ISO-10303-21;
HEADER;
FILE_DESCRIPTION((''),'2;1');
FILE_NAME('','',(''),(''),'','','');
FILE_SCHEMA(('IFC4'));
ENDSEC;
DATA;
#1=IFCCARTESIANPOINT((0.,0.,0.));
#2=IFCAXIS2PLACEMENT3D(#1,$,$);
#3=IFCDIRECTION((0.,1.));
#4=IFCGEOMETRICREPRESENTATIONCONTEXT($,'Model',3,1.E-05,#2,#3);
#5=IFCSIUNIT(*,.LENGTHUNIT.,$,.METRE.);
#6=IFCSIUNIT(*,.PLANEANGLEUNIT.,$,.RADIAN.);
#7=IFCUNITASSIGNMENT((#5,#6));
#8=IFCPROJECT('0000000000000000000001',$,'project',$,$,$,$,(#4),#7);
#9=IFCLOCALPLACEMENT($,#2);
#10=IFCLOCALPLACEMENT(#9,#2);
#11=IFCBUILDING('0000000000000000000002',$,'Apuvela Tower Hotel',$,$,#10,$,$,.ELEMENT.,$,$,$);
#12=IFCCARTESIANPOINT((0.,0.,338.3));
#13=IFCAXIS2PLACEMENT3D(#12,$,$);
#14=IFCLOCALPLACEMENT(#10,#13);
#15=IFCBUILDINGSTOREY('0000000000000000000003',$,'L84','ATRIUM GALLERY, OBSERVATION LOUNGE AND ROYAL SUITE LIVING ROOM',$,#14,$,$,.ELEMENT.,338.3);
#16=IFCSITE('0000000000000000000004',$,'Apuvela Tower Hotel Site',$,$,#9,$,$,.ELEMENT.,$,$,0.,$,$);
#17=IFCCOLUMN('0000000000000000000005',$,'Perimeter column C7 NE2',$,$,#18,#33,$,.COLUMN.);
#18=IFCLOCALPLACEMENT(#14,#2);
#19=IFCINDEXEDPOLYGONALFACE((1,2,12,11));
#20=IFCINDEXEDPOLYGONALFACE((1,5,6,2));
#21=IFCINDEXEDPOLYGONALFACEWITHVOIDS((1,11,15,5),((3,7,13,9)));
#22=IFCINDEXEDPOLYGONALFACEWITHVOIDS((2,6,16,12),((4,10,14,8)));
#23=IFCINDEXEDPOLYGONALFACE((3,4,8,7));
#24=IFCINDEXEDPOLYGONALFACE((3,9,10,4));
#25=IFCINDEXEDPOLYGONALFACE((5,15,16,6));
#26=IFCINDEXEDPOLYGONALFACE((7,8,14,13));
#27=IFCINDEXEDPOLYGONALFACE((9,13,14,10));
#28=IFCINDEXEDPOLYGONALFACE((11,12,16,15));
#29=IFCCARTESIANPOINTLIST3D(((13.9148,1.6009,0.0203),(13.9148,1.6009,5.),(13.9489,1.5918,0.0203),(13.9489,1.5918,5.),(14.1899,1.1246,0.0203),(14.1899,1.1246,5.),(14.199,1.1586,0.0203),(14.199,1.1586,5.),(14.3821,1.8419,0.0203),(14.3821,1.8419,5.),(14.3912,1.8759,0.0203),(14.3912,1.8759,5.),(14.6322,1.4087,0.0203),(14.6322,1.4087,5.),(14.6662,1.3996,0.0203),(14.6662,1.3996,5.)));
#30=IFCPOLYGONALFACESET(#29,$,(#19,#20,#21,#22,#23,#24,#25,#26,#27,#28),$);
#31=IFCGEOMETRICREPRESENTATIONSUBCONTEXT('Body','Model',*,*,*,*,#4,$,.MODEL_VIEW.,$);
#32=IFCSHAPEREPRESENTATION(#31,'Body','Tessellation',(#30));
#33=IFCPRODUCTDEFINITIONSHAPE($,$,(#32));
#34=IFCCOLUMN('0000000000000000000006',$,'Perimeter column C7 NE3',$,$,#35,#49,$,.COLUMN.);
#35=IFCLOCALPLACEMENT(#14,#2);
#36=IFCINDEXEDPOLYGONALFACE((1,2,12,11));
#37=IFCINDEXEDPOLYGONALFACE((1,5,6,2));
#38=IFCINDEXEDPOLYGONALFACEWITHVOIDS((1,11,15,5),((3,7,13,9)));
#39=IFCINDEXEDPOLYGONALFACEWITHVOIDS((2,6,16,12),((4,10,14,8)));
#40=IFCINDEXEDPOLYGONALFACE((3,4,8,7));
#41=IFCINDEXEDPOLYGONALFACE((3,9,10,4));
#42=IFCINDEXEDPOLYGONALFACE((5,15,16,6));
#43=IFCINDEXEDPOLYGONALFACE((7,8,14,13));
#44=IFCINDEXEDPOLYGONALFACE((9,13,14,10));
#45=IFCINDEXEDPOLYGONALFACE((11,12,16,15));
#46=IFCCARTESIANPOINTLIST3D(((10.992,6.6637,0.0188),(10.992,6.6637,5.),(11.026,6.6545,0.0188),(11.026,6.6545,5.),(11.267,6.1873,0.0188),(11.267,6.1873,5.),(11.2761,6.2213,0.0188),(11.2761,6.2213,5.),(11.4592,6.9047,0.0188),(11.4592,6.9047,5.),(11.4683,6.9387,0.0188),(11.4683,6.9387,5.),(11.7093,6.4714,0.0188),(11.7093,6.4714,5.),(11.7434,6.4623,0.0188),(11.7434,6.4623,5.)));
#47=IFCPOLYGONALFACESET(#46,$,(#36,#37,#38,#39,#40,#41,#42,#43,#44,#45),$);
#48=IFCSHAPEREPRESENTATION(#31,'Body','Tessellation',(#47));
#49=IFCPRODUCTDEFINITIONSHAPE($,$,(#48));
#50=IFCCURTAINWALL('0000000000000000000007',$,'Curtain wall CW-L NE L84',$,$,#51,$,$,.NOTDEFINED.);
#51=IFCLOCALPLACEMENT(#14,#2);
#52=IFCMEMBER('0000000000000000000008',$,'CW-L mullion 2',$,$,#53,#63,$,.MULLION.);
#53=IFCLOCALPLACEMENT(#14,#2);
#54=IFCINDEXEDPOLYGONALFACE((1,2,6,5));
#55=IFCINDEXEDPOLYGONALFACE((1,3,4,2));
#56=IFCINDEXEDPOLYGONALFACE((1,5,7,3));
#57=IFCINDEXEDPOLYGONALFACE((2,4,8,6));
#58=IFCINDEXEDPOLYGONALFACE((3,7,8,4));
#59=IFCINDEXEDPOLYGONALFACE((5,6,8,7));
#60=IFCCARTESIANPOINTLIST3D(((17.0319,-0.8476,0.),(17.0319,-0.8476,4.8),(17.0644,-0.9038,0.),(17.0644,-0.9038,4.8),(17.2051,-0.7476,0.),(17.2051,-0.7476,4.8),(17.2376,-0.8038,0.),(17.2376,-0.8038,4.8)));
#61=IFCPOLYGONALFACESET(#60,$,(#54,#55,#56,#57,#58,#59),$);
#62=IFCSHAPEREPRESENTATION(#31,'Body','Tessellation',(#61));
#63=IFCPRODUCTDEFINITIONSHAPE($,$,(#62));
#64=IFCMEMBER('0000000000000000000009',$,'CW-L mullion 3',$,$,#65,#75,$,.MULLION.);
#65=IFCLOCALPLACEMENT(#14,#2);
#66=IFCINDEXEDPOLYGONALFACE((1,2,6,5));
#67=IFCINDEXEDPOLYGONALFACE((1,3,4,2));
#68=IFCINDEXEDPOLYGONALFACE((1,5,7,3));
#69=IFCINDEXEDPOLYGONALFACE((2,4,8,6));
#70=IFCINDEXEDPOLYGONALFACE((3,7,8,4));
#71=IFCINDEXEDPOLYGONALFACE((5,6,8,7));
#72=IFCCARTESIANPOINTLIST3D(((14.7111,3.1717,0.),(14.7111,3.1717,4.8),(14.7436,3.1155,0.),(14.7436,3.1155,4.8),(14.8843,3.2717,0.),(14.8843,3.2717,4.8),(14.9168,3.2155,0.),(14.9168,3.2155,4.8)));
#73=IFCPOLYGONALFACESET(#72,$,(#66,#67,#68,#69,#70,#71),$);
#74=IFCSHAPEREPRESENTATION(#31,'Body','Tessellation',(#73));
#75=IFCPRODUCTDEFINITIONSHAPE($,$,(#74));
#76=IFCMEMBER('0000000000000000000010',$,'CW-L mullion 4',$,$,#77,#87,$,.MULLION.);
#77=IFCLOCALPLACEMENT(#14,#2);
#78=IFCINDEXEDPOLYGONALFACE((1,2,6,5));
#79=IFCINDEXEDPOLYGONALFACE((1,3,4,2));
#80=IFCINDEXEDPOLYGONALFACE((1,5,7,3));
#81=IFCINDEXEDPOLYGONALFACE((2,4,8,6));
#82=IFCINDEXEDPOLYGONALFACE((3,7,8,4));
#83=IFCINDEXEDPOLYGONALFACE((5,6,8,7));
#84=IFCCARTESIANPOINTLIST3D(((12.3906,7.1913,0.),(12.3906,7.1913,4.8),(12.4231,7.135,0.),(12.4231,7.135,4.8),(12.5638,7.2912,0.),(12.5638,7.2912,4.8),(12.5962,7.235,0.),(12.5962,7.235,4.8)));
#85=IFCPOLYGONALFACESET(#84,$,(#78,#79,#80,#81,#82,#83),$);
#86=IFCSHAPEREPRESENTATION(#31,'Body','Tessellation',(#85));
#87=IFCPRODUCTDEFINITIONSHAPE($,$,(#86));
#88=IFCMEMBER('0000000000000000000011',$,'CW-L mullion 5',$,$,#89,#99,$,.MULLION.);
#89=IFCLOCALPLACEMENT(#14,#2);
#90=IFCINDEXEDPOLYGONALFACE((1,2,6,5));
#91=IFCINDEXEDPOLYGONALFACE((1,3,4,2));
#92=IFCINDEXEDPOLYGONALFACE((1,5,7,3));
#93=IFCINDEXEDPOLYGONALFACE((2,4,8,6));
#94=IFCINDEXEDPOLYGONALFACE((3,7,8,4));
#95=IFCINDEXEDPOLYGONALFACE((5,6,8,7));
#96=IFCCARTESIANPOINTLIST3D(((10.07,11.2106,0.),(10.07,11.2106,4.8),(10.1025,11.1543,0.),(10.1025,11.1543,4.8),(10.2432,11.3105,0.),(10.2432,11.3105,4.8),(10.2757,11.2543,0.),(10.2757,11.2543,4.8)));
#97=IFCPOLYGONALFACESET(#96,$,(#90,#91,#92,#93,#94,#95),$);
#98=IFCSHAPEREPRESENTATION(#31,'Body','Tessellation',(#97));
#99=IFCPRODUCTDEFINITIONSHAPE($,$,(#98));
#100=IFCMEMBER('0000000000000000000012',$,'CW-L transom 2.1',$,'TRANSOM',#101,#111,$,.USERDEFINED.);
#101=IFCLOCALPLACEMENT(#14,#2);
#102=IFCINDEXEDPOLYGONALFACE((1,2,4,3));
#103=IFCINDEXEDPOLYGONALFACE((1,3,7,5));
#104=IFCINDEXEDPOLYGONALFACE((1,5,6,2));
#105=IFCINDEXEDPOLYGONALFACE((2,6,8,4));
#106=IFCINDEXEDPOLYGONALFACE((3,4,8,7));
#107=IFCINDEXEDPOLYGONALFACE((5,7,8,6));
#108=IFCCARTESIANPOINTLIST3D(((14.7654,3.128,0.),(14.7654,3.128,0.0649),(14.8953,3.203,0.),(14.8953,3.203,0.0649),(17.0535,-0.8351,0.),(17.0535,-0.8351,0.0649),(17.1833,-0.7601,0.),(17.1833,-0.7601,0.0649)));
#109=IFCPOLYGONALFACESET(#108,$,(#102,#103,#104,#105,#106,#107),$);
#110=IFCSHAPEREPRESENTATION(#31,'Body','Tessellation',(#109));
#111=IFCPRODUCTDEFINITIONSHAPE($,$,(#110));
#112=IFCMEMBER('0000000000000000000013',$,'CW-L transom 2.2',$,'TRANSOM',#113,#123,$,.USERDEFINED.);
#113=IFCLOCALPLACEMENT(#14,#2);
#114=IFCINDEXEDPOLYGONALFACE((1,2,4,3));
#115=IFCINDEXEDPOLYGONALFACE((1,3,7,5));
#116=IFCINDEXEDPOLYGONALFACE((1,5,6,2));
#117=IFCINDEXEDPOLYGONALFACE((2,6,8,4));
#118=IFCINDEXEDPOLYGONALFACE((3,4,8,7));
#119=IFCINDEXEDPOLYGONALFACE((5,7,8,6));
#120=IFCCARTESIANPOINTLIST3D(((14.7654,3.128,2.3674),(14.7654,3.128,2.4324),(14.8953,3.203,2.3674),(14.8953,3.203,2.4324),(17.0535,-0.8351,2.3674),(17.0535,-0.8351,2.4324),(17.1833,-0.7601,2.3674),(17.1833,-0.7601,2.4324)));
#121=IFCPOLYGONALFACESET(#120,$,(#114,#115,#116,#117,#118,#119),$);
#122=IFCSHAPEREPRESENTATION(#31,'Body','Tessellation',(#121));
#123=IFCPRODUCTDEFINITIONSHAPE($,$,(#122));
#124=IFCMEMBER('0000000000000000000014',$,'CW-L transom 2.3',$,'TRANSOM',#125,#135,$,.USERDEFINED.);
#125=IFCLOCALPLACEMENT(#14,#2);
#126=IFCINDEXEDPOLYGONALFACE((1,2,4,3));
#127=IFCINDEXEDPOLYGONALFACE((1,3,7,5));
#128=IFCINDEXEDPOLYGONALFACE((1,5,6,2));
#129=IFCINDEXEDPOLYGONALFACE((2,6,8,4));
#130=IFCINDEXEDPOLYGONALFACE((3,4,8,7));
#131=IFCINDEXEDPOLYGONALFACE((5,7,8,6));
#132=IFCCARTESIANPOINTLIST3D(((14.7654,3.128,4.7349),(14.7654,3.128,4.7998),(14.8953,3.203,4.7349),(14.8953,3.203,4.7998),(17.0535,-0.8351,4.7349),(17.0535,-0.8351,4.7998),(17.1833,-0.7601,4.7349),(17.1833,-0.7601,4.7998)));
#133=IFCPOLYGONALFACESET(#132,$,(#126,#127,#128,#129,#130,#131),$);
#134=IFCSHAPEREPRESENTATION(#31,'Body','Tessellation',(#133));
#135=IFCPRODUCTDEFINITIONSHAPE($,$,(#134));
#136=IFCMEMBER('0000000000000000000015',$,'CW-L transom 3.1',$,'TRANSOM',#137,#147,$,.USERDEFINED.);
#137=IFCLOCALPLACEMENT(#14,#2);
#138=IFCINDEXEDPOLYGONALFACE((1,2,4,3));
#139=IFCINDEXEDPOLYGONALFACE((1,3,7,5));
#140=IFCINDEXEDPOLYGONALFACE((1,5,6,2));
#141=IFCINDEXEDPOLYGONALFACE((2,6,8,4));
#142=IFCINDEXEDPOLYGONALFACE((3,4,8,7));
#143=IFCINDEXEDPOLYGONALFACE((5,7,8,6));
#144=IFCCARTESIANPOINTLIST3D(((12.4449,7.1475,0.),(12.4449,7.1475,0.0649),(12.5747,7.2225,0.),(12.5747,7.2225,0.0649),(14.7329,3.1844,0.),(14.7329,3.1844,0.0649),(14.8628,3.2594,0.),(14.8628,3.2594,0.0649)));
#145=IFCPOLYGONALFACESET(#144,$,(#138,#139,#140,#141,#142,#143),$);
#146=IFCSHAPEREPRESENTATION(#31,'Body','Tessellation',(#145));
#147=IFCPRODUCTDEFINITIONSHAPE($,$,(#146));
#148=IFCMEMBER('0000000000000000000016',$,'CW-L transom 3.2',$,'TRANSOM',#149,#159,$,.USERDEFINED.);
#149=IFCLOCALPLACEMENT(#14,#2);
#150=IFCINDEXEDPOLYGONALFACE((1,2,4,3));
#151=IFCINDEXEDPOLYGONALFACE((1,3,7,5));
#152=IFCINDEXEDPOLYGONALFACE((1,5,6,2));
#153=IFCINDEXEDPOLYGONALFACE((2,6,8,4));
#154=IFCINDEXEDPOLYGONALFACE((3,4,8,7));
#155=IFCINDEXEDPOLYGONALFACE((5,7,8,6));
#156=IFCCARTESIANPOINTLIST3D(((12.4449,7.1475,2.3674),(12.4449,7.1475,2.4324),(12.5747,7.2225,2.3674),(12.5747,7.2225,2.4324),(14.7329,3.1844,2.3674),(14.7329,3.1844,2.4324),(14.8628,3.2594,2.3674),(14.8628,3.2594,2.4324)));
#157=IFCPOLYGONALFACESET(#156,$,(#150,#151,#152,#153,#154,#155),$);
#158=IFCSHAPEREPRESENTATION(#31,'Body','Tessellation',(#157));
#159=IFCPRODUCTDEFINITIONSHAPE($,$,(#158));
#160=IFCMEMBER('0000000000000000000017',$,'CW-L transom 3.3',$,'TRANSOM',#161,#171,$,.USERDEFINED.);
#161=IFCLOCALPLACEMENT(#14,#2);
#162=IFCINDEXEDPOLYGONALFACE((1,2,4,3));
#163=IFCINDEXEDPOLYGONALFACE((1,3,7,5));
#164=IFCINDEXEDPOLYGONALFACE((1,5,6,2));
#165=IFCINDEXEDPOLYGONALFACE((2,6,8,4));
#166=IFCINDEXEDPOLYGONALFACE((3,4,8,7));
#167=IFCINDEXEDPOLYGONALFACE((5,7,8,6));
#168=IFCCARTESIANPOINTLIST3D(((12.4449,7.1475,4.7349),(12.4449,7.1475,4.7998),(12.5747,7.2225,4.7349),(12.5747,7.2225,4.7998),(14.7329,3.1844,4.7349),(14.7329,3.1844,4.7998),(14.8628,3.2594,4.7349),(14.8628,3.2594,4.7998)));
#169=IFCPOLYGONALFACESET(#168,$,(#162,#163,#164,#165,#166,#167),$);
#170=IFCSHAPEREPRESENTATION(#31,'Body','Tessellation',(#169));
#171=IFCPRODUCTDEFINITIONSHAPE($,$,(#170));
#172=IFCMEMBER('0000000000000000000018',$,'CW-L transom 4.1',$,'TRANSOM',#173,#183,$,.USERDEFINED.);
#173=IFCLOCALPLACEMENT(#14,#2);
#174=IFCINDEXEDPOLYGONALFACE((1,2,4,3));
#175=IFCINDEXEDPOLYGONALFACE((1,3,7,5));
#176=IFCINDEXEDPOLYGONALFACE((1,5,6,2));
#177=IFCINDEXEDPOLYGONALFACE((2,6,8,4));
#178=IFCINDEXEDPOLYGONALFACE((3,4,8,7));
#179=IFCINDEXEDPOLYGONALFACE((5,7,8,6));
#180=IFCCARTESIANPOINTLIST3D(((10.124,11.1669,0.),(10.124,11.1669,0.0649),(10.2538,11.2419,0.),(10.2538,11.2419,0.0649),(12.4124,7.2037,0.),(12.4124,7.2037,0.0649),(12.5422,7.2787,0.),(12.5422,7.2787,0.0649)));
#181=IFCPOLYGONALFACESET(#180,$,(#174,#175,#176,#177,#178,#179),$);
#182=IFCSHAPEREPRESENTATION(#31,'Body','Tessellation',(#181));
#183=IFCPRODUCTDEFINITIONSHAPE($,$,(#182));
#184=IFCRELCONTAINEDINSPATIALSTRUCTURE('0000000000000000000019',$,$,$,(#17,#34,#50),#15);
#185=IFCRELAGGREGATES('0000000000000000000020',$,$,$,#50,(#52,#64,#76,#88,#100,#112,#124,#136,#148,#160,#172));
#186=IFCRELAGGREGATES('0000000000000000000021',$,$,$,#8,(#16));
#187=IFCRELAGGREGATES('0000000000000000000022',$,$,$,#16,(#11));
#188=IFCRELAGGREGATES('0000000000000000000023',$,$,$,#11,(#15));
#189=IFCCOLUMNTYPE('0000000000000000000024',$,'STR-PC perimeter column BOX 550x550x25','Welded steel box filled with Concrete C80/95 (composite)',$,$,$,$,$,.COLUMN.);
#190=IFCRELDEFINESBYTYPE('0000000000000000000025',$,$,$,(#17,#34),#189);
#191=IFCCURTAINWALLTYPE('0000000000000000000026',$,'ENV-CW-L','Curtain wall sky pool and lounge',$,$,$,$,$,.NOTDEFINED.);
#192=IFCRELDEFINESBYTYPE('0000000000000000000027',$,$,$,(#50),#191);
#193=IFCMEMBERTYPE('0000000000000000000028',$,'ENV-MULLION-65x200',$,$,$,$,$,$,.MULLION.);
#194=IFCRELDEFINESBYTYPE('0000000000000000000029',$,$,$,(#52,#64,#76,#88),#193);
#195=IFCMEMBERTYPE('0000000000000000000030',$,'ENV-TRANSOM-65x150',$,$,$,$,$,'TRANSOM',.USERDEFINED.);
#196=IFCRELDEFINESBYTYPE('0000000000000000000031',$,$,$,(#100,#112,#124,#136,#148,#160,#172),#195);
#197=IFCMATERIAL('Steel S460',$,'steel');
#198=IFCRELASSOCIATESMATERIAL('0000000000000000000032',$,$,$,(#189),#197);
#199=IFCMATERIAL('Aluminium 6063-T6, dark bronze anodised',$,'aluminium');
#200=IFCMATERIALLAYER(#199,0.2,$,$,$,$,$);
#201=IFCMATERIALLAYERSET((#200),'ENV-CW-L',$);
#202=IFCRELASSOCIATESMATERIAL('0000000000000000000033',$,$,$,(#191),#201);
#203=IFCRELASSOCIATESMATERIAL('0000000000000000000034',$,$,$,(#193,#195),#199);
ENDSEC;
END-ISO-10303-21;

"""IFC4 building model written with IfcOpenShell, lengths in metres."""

from ifc_helpers import new_model, si_unit, direction, frame, origin, origin_2d, place, context, subcontext, project, spatial, rectangle, hollow_rectangle, extrude, boolean, halfspace, material, layer, layer_set, material_profile, profile_set, type_object, element, aggregate, save


model = new_model("IFC4")

# Units and contexts
model_context = context("Model", 3, precision=1e-05, world=origin(), true_north=direction((0.0, 1.0)))
body_context = subcontext(model_context, "Body", "Model", "MODEL_VIEW")
ifc_project = project(units=[si_unit("LENGTHUNIT", "METRE"), si_unit("PLANEANGLEUNIT", "RADIAN")], contexts=[model_context])

# Site, building, storey
site_placement = place(None, origin())
site = spatial("IfcSite", under=ifc_project, at=site_placement, Name="Apuvela Tower Hotel Site", CompositionType="ELEMENT", RefElevation=0.0)
building_placement = place(site_placement, origin())
building = spatial("IfcBuilding", under=site, at=building_placement, Name="Apuvela Tower Hotel", CompositionType="ELEMENT")
storey_placement = place(building_placement, frame((0.0, 0.0, 338.3)))
storey = spatial("IfcBuildingStorey", under=building, at=storey_placement, Name="L84", Description="ATRIUM GALLERY, OBSERVATION LOUNGE AND ROYAL SUITE LIVING ROOM", CompositionType="ELEMENT", Elevation=338.3)

# Columns
ifc_material_1 = material(Name="Steel S460", Category="steel")
ifc_material_profile_1 = material_profile(ifc_material_1, hollow_rectangle(XDim=0.55, YDim=0.55, WallThickness=0.0249, at=origin_2d()), Name="BOX 550x550x25")
ifc_material_2 = material(Name="Concrete C80/95", Category="concrete")
ifc_material_profile_2 = material_profile(ifc_material_2, rectangle(XDim=0.5, YDim=0.5, at=origin_2d()), Name="Concrete C80/95 infill")
ifc_profile_set_1 = profile_set([ifc_material_profile_1, ifc_material_profile_2], Name="Steel S460")
column_type = type_object("IfcColumnType", Name="STR-PC perimeter column BOX 550x550x25", Description="Welded steel box filled with Concrete C80/95 (composite)", PredefinedType="COLUMN", material=ifc_profile_set_1)
column_1_placement = place(storey_placement, frame((14.2905, 1.5002, 0.0), z_axis=(0.0, 0.0, 1.0), x_axis=(-0.5, 0.866025, 0.0)))
element("IfcColumn", 1, at=column_1_placement, inside=storey, type_object=column_type, Name="Perimeter column C7 NE2", PredefinedType="COLUMN", context=body_context, shape_type="SweptSolid", body=[
    boolean("DIFFERENCE", extrude(hollow_rectangle(XDim=0.55, YDim=0.55, WallThickness=0.0249, at=origin_2d()), origin(), (0.0, 0.0, 1.0), 5.0), halfspace(frame((0.0, 0.0, 0.0203), z_axis=(0.0, 0.0, 1.0), x_axis=(1.0, 0.0, 0.0)), True)),
])
column_2_placement = place(storey_placement, frame((11.3677, 6.563, 0.0), z_axis=(0.0, 0.0, 1.0), x_axis=(-0.5, 0.866025, 0.0)))
element("IfcColumn", 2, at=column_2_placement, inside=storey, type_object=column_type, Name="Perimeter column C7 NE3", PredefinedType="COLUMN", context=body_context, shape_type="SweptSolid", body=[
    boolean("DIFFERENCE", extrude(hollow_rectangle(XDim=0.55, YDim=0.55, WallThickness=0.0249, at=origin_2d()), origin(), (0.0, 0.0, 1.0), 5.0), halfspace(frame((0.0, 0.0, 0.0188), z_axis=(0.0, 0.0, 1.0), x_axis=(1.0, 0.0, 0.0)), True)),
])

# Curtain wall, members
ifc_material_3 = material(Name="Aluminium 6063-T6, dark bronze anodised", Category="aluminium")
ifc_layer_1 = layer(ifc_material_3, 0.2)
ifc_layer_set_1 = layer_set([ifc_layer_1], Name="ENV-CW-L")
curtain_wall_type = type_object("IfcCurtainWallType", Name="ENV-CW-L", Description="Curtain wall sky pool and lounge", PredefinedType="NOTDEFINED", material=ifc_layer_set_1)
curtain_wall_placement = place(storey_placement, origin())
curtain_wall = element("IfcCurtainWall", 3, at=curtain_wall_placement, inside=storey, type_object=curtain_wall_type, Name="Curtain wall CW-L NE L84", PredefinedType="NOTDEFINED")
ifc_material_profile_3 = material_profile(ifc_material_3, rectangle(XDim=0.2, YDim=0.0649, at=origin_2d()), Name="AL 65x200")
ifc_profile_set_2 = profile_set([ifc_material_profile_3], Name="Aluminium 6063-T6, dark bronze anodised")
member_type_1 = type_object("IfcMemberType", Name="ENV-MULLION-65x200", PredefinedType="MULLION", material=ifc_profile_set_2)
member_1_placement = place(storey_placement, frame((17.1348, -0.8257, 0.0), z_axis=(0.0, 0.0, 1.0), x_axis=(-0.866026, -0.499999, 0.0)))
member_1 = element("IfcMember", 4, at=member_1_placement, type_object=member_type_1, Name="CW-L mullion 2", PredefinedType="MULLION", context=body_context, shape_type="SweptSolid", body=[
    extrude(rectangle(XDim=0.2, YDim=0.0649, at=origin_2d()), origin(), (0.0, 0.0, 1.0), 4.8),
])
member_2_placement = place(storey_placement, frame((14.814, 3.1936, 0.0), z_axis=(0.0, 0.0, 1.0), x_axis=(-0.866026, -0.499999, 0.0)))
member_2 = element("IfcMember", 5, at=member_2_placement, type_object=member_type_1, Name="CW-L mullion 3", PredefinedType="MULLION", context=body_context, shape_type="SweptSolid", body=[
    extrude(rectangle(XDim=0.2, YDim=0.0649, at=origin_2d()), origin(), (0.0, 0.0, 1.0), 4.8),
])
member_3_placement = place(storey_placement, frame((12.4934, 7.2131, 0.0), z_axis=(0.0, 0.0, 1.0), x_axis=(-0.866026, -0.499999, 0.0)))
member_3 = element("IfcMember", 6, at=member_3_placement, type_object=member_type_1, Name="CW-L mullion 4", PredefinedType="MULLION", context=body_context, shape_type="SweptSolid", body=[
    extrude(rectangle(XDim=0.2, YDim=0.0649, at=origin_2d()), origin(), (0.0, 0.0, 1.0), 4.8),
])
member_4_placement = place(storey_placement, frame((10.1729, 11.2324, 0.0), z_axis=(0.0, 0.0, 1.0), x_axis=(-0.866026, -0.499999, 0.0)))
member_4 = element("IfcMember", 7, at=member_4_placement, type_object=member_type_1, Name="CW-L mullion 5", PredefinedType="MULLION", context=body_context, shape_type="SweptSolid", body=[
    extrude(rectangle(XDim=0.2, YDim=0.0649, at=origin_2d()), origin(), (0.0, 0.0, 1.0), 4.8),
])
ifc_material_profile_4 = material_profile(ifc_material_3, rectangle(XDim=0.1499, YDim=0.0649, at=origin_2d()), Name="AL 65x150 transom")
ifc_profile_set_3 = profile_set([ifc_material_profile_4], Name="Aluminium 6063-T6, dark bronze anodised")
member_type_2 = type_object("IfcMemberType", Name="ENV-TRANSOM-65x150", ElementType="TRANSOM", PredefinedType="USERDEFINED", material=ifc_profile_set_3)
member_5_placement = place(storey_placement, frame((17.1184, -0.7976, 0.0325), z_axis=(-0.499995, 0.866028, 0.0), x_axis=(-0.866028, -0.499995, 0.0)))
member_5 = element("IfcMember", 8, at=member_5_placement, type_object=member_type_2, Name="CW-L transom 2.1", ObjectType="TRANSOM", PredefinedType="USERDEFINED", context=body_context, shape_type="SweptSolid", body=[
    extrude(rectangle(XDim=0.1499, YDim=0.0649, at=origin_2d()), origin(), (0.0, 0.0, 1.0), 4.5762),
])
member_6_placement = place(storey_placement, frame((17.1184, -0.7976, 2.3999), z_axis=(-0.499995, 0.866028, 0.0), x_axis=(-0.866028, -0.499995, 0.0)))
member_6 = element("IfcMember", 9, at=member_6_placement, type_object=member_type_2, Name="CW-L transom 2.2", ObjectType="TRANSOM", PredefinedType="USERDEFINED", context=body_context, shape_type="SweptSolid", body=[
    extrude(rectangle(XDim=0.1499, YDim=0.0649, at=origin_2d()), origin(), (0.0, 0.0, 1.0), 4.5762),
])
member_7_placement = place(storey_placement, frame((17.1184, -0.7976, 4.7673), z_axis=(-0.499995, 0.866028, 0.0), x_axis=(-0.866028, -0.499995, 0.0)))
member_7 = element("IfcMember", 10, at=member_7_placement, type_object=member_type_2, Name="CW-L transom 2.3", ObjectType="TRANSOM", PredefinedType="USERDEFINED", context=body_context, shape_type="SweptSolid", body=[
    extrude(rectangle(XDim=0.1499, YDim=0.0649, at=origin_2d()), origin(), (0.0, 0.0, 1.0), 4.5762),
])
member_8_placement = place(storey_placement, frame((14.7979, 3.2219, 0.0325), z_axis=(-0.499995, 0.866028, 0.0), x_axis=(-0.866028, -0.499995, 0.0)))
member_8 = element("IfcMember", 11, at=member_8_placement, type_object=member_type_2, Name="CW-L transom 3.1", ObjectType="TRANSOM", PredefinedType="USERDEFINED", context=body_context, shape_type="SweptSolid", body=[
    extrude(rectangle(XDim=0.1499, YDim=0.0649, at=origin_2d()), origin(), (0.0, 0.0, 1.0), 4.5762),
])
member_9_placement = place(storey_placement, frame((14.7979, 3.2219, 2.3999), z_axis=(-0.499995, 0.866028, 0.0), x_axis=(-0.866028, -0.499995, 0.0)))
member_9 = element("IfcMember", 12, at=member_9_placement, type_object=member_type_2, Name="CW-L transom 3.2", ObjectType="TRANSOM", PredefinedType="USERDEFINED", context=body_context, shape_type="SweptSolid", body=[
    extrude(rectangle(XDim=0.1499, YDim=0.0649, at=origin_2d()), origin(), (0.0, 0.0, 1.0), 4.5762),
])
member_10_placement = place(storey_placement, frame((14.7979, 3.2219, 4.7673), z_axis=(-0.499995, 0.866028, 0.0), x_axis=(-0.866028, -0.499995, 0.0)))
member_10 = element("IfcMember", 13, at=member_10_placement, type_object=member_type_2, Name="CW-L transom 3.3", ObjectType="TRANSOM", PredefinedType="USERDEFINED", context=body_context, shape_type="SweptSolid", body=[
    extrude(rectangle(XDim=0.1499, YDim=0.0649, at=origin_2d()), origin(), (0.0, 0.0, 1.0), 4.5762),
])
member_11_placement = place(storey_placement, frame((12.4773, 7.2412, 0.0325), z_axis=(-0.500035, 0.866005, 0.0), x_axis=(-0.866005, -0.500035, 0.0)))
member_11 = element("IfcMember", 14, at=member_11_placement, type_object=member_type_2, Name="CW-L transom 4.1", ObjectType="TRANSOM", PredefinedType="USERDEFINED", context=body_context, shape_type="SweptSolid", body=[
    extrude(rectangle(XDim=0.1499, YDim=0.0649, at=origin_2d()), origin(), (0.0, 0.0, 1.0), 4.5764),
])

aggregate(curtain_wall, [member_1, member_2, member_3, member_4, member_5, member_6, member_7, member_8, member_9, member_10, member_11])

save(model, "model.ifc")
